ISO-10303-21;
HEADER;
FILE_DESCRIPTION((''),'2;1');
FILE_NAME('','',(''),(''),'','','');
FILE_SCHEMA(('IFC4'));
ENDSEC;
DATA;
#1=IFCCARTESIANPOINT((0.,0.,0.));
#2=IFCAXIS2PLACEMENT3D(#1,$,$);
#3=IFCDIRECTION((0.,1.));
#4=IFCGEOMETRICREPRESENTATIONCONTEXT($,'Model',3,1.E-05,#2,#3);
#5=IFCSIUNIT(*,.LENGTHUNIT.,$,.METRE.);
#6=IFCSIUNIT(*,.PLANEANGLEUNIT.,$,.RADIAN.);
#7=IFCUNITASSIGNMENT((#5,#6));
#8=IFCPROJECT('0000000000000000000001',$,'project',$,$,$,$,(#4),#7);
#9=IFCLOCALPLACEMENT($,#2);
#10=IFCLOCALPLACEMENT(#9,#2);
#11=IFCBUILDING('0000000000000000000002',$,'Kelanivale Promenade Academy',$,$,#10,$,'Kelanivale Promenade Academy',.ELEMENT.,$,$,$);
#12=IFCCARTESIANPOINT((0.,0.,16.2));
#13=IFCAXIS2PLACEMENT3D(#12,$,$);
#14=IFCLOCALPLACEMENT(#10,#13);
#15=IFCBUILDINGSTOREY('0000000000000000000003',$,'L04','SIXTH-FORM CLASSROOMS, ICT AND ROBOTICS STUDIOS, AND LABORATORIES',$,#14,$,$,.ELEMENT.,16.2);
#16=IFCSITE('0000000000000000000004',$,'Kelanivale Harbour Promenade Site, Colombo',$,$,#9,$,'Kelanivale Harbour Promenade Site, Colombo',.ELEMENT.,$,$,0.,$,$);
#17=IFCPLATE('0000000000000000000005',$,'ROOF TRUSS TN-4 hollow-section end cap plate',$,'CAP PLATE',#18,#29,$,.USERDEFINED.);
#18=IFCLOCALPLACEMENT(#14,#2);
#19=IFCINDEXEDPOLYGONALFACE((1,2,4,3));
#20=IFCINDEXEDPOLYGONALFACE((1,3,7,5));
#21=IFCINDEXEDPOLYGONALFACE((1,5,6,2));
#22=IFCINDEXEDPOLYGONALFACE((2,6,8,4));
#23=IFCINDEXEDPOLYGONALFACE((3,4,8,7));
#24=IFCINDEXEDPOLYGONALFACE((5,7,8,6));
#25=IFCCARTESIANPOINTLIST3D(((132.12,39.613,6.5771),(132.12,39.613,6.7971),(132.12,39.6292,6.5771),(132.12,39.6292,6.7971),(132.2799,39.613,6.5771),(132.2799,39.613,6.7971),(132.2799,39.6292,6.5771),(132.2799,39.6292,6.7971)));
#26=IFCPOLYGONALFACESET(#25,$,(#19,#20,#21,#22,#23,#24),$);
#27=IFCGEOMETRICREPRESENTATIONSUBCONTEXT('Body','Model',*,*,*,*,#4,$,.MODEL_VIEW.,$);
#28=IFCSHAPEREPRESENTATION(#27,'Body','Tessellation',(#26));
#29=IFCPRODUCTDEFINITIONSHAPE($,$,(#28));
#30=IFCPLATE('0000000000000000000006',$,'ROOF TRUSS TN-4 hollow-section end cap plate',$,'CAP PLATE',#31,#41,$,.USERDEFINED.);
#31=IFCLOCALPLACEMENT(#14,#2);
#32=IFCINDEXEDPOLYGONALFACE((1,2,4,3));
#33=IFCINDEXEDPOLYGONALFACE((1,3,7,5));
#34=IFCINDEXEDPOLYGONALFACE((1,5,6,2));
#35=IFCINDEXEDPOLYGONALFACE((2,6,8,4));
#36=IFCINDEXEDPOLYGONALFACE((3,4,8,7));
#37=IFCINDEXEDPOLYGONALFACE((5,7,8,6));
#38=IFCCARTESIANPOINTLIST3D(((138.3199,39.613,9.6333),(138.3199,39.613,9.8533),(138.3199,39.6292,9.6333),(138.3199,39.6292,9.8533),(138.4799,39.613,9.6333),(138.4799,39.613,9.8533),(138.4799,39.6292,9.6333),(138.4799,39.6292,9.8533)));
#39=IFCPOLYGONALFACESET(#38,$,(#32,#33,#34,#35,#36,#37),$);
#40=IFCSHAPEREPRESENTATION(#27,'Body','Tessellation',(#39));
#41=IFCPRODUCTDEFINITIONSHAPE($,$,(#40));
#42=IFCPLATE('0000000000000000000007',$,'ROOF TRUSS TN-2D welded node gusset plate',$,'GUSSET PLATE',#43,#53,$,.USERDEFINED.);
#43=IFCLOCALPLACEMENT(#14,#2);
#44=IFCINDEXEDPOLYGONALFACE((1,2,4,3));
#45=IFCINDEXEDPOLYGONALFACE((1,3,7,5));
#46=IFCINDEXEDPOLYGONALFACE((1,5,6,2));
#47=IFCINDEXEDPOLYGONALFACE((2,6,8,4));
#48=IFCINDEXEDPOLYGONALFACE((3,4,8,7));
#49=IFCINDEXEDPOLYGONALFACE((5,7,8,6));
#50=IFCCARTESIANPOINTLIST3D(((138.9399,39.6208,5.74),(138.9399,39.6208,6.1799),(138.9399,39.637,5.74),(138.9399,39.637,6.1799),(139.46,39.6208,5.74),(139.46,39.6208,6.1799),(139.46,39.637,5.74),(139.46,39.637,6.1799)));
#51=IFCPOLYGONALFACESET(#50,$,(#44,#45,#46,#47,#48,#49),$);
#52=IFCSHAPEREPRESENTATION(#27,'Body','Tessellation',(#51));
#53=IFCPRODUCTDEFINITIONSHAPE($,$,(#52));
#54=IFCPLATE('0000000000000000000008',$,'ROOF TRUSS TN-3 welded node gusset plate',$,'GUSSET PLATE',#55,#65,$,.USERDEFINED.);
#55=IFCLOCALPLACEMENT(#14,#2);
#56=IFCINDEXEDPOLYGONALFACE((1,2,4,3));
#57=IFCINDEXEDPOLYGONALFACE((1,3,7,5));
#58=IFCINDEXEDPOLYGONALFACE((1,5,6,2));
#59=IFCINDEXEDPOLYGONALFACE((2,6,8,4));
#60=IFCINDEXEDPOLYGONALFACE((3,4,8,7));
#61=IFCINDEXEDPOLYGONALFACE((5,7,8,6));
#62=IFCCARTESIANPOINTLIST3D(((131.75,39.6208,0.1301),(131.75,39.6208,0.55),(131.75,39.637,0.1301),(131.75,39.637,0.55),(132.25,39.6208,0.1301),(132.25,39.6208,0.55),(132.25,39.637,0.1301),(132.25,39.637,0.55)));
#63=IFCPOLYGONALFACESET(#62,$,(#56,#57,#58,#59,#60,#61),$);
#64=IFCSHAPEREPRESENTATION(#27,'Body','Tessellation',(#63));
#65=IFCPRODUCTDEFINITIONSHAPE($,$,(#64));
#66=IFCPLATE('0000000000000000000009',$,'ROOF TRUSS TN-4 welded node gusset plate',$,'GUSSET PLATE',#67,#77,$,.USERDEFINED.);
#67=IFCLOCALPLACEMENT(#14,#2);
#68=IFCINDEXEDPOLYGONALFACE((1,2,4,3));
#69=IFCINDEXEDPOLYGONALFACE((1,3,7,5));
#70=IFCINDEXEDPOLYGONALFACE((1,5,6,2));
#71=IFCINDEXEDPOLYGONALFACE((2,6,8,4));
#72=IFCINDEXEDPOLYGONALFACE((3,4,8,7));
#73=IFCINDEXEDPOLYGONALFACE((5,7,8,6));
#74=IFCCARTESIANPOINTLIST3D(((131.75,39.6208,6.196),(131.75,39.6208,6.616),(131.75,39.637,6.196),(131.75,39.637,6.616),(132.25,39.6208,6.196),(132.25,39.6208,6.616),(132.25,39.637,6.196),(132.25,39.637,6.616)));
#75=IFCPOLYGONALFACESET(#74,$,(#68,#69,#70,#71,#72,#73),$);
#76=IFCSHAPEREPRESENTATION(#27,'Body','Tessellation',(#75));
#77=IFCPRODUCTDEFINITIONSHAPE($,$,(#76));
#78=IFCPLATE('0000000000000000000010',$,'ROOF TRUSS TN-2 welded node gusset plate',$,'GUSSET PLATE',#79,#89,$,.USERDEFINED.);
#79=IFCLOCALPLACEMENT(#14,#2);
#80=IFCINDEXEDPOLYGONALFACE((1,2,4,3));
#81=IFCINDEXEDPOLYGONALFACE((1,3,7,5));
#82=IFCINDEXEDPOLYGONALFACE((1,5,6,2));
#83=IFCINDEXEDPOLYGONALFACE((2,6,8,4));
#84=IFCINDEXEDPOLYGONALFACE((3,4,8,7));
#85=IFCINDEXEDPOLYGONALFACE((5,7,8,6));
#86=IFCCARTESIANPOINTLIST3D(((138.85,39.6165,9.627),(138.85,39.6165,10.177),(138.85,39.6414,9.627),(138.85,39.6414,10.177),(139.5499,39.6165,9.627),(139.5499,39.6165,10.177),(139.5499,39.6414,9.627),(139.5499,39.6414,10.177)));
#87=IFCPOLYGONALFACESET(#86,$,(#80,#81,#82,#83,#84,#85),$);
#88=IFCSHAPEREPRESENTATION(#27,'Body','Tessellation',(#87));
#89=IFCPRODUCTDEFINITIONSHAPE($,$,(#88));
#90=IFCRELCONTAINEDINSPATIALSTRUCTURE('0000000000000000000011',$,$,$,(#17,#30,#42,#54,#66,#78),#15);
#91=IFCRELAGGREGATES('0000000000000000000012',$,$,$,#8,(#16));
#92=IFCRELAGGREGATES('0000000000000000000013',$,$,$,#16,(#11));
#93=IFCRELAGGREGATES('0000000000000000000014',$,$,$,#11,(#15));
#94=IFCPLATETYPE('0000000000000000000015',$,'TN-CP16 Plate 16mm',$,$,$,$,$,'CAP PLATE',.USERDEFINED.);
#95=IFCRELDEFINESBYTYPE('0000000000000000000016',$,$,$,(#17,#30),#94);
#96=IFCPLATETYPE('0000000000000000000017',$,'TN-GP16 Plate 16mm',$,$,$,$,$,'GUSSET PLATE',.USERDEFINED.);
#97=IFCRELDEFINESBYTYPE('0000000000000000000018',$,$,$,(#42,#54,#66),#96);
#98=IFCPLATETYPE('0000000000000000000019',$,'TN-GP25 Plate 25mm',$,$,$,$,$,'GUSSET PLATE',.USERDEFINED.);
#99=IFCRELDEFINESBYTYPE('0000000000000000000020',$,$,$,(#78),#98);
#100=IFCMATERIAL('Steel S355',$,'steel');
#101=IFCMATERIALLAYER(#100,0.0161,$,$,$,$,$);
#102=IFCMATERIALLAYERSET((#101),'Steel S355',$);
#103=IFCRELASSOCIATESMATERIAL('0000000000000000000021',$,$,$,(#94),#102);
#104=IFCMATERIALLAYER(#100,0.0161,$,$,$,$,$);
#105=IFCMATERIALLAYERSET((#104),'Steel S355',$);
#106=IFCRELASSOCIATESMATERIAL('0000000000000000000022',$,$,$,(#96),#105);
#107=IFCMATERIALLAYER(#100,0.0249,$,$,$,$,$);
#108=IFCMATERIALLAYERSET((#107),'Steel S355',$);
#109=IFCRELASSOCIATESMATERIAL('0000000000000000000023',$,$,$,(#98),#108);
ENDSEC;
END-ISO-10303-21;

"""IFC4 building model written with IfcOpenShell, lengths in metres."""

from ifc_helpers import new_model, si_unit, direction, frame, origin, origin_2d, place, context, subcontext, project, spatial, rectangle, extrude, material, layer, layer_set, type_object, element, save


model = new_model("IFC4")

# Units and contexts
model_context = context("Model", 3, precision=1e-05, world=origin(), true_north=direction((0.0, 1.0)))
body_context = subcontext(model_context, "Body", "Model", "MODEL_VIEW")
ifc_project = project(units=[si_unit("LENGTHUNIT", "METRE"), si_unit("PLANEANGLEUNIT", "RADIAN")], contexts=[model_context])

# Site, building, storey
site_placement = place(None, origin())
site = spatial("IfcSite", under=ifc_project, at=site_placement, Name="Kelanivale Harbour Promenade Site, Colombo", LongName="Kelanivale Harbour Promenade Site, Colombo", CompositionType="ELEMENT", RefElevation=0.0)
building_placement = place(site_placement, origin())
building = spatial("IfcBuilding", under=site, at=building_placement, Name="Kelanivale Promenade Academy", LongName="Kelanivale Promenade Academy", CompositionType="ELEMENT")
storey_placement = place(building_placement, frame((0.0, 0.0, 16.2)))
storey = spatial("IfcBuildingStorey", under=building, at=storey_placement, Name="L04", Description="SIXTH-FORM CLASSROOMS, ICT AND ROBOTICS STUDIOS, AND LABORATORIES", CompositionType="ELEMENT", Elevation=16.2)

# Shared definitions
ifc_material_1 = material(Name="Steel S355", Category="steel")

# Plates
ifc_layer_1 = layer(ifc_material_1, 0.0161)
ifc_layer_set_1 = layer_set([ifc_layer_1], Name="Steel S355")
plate_type_1 = type_object("IfcPlateType", Name="TN-CP16 Plate 16mm", ElementType="CAP PLATE", PredefinedType="USERDEFINED", material=ifc_layer_set_1)
for number, where, z_axis, x_axis, name in (
    (1, (132.2, 39.6211, 6.5771), (0.0, 0.0, 1.0), (0.0, -1.0, 0.0), "ROOF TRUSS TN-4 hollow-section end cap plate"),
    (2, (138.3999, 39.6211, 9.6333), (0.0, 0.0, 1.0), (0.0, -1.0, 0.0), "ROOF TRUSS TN-4 hollow-section end cap plate"),
):
    element("IfcPlate", number, at=place(storey_placement, frame(where, z_axis=z_axis, x_axis=x_axis)), inside=storey, type_object=plate_type_1, Name=name, ObjectType="CAP PLATE", PredefinedType="USERDEFINED", context=body_context, shape_type="SweptSolid", body=[
        extrude(rectangle(XDim=0.0161, YDim=0.1599, at=origin_2d()), origin(), (0.0, 0.0, 1.0), 0.22),
    ])
ifc_layer_2 = layer(ifc_material_1, 0.0161)
ifc_layer_set_2 = layer_set([ifc_layer_2], Name="Steel S355")
plate_type_2 = type_object("IfcPlateType", Name="TN-GP16 Plate 16mm", ElementType="GUSSET PLATE", PredefinedType="USERDEFINED", material=ifc_layer_set_2)
plate_1_placement = place(storey_placement, frame((139.2, 39.6289, 5.74), z_axis=(0.0, 0.0, 1.0), x_axis=(1.0, 0.0, 0.0)))
element("IfcPlate", 3, at=plate_1_placement, inside=storey, type_object=plate_type_2, Name="ROOF TRUSS TN-2D welded node gusset plate", ObjectType="GUSSET PLATE", PredefinedType="USERDEFINED", context=body_context, shape_type="SweptSolid", body=[
    extrude(rectangle(XDim=0.52, YDim=0.0161, at=origin_2d()), origin(), (0.0, 0.0, 1.0), 0.4399),
])
for number, where, z_axis, x_axis, name in (
    (4, (132.0, 39.6289, 0.1301), (0.0, 0.0, 1.0), (1.0, 0.0, 0.0), "ROOF TRUSS TN-3 welded node gusset plate"),
    (5, (132.0, 39.6289, 6.196), (0.0, 0.0, 1.0), (1.0, 0.0, 0.0), "ROOF TRUSS TN-4 welded node gusset plate"),
):
    element("IfcPlate", number, at=place(storey_placement, frame(where, z_axis=z_axis, x_axis=x_axis)), inside=storey, type_object=plate_type_2, Name=name, ObjectType="GUSSET PLATE", PredefinedType="USERDEFINED", context=body_context, shape_type="SweptSolid", body=[
        extrude(rectangle(XDim=0.5, YDim=0.0161, at=origin_2d()), origin(), (0.0, 0.0, 1.0), 0.4199),
    ])
ifc_layer_3 = layer(ifc_material_1, 0.0249)
ifc_layer_set_3 = layer_set([ifc_layer_3], Name="Steel S355")
plate_type_3 = type_object("IfcPlateType", Name="TN-GP25 Plate 25mm", ElementType="GUSSET PLATE", PredefinedType="USERDEFINED", material=ifc_layer_set_3)
plate_2_placement = place(storey_placement, frame((139.2, 39.6289, 9.627), z_axis=(0.0, 0.0, 1.0), x_axis=(1.0, 0.0, 0.0)))
element("IfcPlate", 6, at=plate_2_placement, inside=storey, type_object=plate_type_3, Name="ROOF TRUSS TN-2 welded node gusset plate", ObjectType="GUSSET PLATE", PredefinedType="USERDEFINED", context=body_context, shape_type="SweptSolid", body=[
    extrude(rectangle(XDim=0.7, YDim=0.0249, at=origin_2d()), origin(), (0.0, 0.0, 1.0), 0.55),
])

save(model, "model.ifc")
